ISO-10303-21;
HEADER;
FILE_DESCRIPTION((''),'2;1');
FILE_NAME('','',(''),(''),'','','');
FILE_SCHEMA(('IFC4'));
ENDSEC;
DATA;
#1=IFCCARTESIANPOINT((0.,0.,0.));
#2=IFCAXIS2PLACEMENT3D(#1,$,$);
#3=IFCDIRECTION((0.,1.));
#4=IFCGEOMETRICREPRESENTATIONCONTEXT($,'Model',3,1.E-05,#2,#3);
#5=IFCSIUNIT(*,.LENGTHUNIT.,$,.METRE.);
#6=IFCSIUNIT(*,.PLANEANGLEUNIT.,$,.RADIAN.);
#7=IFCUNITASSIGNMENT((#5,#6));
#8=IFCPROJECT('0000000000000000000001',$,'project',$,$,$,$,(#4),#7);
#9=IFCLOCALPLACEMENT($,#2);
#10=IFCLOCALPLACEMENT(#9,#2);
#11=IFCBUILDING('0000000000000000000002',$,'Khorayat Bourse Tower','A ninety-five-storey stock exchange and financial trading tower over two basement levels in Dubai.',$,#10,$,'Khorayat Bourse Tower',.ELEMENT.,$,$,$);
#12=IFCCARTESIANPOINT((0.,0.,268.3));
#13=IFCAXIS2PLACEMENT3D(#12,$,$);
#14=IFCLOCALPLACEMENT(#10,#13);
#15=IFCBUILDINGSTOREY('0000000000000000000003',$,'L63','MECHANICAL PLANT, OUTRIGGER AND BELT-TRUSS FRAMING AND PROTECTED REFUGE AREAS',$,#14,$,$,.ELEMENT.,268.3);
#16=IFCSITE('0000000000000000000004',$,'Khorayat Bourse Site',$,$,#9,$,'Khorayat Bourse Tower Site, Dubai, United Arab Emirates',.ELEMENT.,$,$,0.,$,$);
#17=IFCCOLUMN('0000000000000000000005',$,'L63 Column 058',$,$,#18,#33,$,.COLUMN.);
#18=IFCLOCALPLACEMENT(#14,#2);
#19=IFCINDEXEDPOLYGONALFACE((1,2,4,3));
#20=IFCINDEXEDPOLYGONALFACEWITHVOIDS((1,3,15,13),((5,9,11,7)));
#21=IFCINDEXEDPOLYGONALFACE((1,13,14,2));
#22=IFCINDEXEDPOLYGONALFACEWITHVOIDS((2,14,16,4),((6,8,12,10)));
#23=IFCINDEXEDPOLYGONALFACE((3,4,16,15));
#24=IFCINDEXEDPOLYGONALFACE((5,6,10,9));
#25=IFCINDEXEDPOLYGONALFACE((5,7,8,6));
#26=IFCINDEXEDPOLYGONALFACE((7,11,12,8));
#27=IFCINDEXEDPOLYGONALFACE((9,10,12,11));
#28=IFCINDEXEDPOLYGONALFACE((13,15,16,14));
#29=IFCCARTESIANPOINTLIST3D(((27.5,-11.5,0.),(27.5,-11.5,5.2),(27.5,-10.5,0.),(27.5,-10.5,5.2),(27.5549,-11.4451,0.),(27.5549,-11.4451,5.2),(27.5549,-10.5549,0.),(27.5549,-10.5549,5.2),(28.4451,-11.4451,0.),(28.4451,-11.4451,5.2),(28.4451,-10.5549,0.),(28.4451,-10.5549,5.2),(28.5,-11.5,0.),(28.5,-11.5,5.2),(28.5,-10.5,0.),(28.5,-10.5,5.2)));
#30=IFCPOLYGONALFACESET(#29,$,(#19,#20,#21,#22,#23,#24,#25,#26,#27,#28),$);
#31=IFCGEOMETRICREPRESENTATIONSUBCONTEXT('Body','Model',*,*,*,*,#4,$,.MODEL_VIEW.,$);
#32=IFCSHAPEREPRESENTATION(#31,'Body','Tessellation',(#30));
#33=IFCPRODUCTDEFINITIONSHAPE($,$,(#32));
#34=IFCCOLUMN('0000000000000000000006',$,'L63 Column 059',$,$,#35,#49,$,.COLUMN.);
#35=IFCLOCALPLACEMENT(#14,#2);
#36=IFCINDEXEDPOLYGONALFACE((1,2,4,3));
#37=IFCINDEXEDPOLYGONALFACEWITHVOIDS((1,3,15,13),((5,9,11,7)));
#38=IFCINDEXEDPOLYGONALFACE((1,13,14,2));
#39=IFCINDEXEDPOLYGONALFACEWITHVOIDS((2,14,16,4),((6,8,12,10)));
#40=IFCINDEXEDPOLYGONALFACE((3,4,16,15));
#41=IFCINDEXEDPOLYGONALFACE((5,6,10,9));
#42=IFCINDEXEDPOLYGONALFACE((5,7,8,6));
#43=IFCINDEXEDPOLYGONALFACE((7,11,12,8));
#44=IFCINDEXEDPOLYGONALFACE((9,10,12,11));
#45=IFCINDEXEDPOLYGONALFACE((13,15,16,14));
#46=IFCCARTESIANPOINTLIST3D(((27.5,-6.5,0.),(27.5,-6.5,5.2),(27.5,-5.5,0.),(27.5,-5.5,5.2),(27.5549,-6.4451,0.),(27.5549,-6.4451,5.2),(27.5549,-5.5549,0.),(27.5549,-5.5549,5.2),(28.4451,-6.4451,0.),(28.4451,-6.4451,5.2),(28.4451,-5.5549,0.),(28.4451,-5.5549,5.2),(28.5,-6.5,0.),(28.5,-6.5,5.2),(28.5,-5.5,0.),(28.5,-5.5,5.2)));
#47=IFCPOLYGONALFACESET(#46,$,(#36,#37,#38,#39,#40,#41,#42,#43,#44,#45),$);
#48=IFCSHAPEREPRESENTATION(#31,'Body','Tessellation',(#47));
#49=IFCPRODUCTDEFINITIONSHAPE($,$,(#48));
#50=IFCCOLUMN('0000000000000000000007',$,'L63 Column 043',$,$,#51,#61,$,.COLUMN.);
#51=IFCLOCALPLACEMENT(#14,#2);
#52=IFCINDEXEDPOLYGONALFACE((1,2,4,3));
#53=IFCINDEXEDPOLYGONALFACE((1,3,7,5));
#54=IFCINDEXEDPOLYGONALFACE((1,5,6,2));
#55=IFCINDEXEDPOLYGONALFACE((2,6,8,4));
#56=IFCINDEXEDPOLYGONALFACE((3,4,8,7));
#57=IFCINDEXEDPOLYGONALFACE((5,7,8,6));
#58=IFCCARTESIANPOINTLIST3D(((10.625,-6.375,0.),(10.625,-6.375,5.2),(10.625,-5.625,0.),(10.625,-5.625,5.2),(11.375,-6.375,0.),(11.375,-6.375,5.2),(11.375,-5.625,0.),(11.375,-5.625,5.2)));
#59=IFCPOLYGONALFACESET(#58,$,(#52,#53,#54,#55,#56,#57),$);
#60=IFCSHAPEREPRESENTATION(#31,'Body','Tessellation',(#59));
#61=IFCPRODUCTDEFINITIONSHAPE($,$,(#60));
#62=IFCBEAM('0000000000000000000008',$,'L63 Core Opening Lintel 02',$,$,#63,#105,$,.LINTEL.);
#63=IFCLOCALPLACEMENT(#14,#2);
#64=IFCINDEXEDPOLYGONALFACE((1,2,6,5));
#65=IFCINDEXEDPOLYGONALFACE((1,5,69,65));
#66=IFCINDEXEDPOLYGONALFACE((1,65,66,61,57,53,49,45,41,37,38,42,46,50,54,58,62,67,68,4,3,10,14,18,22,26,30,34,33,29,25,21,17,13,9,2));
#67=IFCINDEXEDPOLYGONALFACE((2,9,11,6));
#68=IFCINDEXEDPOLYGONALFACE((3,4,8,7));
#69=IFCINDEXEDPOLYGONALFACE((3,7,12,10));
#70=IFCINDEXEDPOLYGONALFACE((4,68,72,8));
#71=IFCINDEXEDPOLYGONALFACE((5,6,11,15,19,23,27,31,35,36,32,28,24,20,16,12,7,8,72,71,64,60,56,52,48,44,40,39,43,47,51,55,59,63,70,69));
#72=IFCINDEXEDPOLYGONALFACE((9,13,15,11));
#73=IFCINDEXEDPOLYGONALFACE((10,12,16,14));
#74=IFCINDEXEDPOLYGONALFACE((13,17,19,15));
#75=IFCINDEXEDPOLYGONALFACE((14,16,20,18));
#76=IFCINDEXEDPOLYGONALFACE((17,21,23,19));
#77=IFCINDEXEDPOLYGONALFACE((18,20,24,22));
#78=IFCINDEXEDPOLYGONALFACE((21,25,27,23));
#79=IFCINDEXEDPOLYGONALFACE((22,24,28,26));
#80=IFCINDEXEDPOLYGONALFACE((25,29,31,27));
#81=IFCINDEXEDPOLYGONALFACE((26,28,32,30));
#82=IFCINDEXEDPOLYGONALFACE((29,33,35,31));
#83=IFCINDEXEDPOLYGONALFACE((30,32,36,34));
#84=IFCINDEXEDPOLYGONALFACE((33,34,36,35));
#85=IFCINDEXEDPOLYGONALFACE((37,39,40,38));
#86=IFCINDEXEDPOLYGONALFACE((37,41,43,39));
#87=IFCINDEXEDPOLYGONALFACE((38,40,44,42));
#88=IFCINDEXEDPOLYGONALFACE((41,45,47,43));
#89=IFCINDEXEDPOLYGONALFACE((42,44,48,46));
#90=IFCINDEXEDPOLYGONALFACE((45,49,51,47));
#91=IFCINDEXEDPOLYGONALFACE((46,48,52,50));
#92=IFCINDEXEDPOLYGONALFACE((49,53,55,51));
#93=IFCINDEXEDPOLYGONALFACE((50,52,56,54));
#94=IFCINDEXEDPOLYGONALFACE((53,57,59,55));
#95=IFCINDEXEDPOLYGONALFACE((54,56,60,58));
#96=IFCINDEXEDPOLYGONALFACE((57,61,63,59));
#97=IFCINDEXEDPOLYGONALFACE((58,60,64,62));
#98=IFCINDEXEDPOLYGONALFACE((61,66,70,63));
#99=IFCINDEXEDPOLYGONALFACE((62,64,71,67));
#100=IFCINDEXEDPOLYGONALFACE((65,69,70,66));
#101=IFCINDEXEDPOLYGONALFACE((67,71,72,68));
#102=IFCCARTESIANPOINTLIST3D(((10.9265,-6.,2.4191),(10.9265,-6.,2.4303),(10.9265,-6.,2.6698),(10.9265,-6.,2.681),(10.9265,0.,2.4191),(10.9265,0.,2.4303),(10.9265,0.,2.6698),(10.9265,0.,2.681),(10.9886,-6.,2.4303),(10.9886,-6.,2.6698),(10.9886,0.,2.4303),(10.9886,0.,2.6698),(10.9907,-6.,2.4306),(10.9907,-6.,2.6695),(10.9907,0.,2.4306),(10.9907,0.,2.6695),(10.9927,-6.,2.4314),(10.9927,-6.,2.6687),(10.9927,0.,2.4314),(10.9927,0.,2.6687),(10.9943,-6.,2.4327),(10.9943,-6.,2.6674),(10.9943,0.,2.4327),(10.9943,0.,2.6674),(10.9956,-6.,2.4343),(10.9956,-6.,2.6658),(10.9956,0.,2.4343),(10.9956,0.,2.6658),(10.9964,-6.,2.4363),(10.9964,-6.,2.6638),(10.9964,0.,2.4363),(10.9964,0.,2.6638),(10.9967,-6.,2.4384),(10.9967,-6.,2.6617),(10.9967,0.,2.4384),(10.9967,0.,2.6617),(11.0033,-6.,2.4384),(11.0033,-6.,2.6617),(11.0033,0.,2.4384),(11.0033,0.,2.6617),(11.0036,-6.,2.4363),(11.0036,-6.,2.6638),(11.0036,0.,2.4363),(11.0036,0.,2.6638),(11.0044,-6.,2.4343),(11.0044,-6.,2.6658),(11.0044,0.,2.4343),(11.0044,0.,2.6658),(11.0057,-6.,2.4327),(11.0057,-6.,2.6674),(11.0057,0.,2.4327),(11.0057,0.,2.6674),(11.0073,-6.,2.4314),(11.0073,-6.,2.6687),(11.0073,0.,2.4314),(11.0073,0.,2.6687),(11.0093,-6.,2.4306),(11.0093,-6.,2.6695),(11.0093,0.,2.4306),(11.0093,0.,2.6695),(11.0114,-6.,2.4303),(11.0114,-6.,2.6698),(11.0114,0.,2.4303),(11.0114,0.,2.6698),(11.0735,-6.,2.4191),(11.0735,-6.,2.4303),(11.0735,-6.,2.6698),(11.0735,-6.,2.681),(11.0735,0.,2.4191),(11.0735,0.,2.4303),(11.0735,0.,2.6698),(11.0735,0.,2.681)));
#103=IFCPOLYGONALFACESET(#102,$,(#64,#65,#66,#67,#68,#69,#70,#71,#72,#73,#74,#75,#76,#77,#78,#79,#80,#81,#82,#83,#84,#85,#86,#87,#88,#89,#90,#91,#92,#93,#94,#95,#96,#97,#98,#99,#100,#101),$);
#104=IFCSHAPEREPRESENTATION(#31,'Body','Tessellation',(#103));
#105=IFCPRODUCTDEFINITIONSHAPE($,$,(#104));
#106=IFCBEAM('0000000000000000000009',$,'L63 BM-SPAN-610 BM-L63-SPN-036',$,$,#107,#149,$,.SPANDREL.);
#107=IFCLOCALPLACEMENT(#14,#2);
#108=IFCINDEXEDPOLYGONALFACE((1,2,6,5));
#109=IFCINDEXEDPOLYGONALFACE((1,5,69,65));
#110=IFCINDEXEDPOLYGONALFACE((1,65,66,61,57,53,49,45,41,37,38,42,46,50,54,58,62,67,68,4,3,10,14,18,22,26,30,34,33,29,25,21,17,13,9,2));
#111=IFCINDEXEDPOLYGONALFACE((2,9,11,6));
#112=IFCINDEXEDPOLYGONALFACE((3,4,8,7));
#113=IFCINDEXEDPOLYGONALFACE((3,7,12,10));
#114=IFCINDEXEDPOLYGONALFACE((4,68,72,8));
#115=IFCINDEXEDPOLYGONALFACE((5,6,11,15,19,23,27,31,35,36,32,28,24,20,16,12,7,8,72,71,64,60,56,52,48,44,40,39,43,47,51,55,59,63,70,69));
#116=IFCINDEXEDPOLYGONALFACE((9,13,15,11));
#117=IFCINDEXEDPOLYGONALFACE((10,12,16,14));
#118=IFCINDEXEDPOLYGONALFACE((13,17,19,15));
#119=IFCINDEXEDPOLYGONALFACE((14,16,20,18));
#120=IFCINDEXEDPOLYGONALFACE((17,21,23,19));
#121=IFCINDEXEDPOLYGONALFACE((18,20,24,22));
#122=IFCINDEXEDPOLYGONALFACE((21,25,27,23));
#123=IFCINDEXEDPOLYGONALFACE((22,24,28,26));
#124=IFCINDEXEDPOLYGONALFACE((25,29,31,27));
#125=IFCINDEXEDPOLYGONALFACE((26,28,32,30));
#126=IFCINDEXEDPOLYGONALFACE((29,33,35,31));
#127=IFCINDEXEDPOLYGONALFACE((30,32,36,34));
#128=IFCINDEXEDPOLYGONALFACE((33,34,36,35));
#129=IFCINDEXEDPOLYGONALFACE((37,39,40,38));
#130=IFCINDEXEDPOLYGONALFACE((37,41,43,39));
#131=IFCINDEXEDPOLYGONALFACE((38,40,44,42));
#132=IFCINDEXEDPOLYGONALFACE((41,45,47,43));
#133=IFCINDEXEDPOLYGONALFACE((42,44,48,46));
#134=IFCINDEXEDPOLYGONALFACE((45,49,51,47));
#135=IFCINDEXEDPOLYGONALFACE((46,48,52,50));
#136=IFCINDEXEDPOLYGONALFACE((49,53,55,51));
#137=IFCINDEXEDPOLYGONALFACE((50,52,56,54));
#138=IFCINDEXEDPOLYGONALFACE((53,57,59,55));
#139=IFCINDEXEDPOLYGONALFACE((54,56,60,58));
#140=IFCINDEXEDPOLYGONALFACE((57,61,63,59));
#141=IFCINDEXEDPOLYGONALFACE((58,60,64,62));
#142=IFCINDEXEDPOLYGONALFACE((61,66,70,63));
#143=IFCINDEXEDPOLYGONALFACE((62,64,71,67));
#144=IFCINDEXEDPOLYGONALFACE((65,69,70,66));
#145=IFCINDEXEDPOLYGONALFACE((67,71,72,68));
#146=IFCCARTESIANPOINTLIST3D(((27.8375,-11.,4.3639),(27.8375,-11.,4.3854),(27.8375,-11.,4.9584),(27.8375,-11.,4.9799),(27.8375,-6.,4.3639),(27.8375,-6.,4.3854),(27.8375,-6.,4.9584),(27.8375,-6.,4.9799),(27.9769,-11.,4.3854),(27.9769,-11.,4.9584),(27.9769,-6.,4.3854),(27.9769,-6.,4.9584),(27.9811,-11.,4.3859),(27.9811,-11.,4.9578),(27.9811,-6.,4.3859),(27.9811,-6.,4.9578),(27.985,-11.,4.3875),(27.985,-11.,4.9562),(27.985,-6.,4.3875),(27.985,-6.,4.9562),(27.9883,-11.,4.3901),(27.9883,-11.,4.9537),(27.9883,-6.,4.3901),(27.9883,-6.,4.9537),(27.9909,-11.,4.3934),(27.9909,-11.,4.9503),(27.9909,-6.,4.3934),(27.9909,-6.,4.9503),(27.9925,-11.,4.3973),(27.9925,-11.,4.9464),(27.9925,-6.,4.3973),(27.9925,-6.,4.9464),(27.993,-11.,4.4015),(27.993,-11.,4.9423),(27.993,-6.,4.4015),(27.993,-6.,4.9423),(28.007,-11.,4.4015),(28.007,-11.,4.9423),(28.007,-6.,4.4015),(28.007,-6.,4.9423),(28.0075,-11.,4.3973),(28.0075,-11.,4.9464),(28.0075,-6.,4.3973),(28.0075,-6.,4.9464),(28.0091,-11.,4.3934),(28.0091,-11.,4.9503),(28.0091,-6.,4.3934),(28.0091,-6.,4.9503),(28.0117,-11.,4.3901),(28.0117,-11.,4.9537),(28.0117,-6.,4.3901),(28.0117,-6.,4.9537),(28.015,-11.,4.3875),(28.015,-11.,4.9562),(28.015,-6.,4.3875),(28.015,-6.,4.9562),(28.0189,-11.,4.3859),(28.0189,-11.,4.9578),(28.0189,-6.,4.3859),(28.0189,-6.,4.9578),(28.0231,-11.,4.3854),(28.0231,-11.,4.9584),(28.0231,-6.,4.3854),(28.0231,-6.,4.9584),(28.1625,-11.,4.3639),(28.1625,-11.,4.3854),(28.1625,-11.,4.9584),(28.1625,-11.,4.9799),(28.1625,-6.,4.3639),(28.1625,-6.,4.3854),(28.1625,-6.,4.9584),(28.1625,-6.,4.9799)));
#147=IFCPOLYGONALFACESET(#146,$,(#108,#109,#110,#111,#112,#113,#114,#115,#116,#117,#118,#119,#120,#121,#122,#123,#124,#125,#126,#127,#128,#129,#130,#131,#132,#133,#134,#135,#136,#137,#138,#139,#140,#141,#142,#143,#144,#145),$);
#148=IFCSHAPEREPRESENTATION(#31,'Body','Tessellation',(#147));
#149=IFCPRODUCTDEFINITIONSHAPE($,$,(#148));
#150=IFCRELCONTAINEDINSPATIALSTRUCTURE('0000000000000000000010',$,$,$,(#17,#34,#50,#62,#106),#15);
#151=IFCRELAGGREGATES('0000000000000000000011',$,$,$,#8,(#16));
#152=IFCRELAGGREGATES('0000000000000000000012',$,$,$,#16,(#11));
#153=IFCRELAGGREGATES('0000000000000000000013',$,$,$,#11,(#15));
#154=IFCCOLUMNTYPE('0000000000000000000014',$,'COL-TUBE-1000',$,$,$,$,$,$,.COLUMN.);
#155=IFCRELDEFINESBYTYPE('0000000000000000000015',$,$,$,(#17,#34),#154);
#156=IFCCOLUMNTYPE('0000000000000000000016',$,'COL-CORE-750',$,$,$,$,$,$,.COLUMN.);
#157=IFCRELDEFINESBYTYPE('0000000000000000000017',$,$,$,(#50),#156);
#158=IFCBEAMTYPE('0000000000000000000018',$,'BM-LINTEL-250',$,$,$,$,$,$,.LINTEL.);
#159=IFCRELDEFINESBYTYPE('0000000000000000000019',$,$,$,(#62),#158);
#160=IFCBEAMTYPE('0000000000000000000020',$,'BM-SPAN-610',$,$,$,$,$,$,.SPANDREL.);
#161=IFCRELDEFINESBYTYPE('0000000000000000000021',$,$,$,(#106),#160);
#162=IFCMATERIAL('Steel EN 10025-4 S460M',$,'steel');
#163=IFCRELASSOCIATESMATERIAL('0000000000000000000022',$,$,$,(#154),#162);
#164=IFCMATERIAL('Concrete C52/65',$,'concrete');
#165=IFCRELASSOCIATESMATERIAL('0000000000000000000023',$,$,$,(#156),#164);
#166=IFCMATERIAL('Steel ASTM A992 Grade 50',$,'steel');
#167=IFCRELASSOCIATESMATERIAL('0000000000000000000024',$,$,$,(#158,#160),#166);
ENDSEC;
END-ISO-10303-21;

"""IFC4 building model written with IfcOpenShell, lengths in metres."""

from ifc_helpers import new_model, si_unit, direction, frame, origin, origin_2d, place, context, subcontext, project, spatial, rectangle, hollow_rectangle, i_section, extrude, source, transform, mapped, material, material_profile, profile_set, type_object, element, save


model = new_model("IFC4")

# Units and contexts
model_context = context("Model", 3, precision=1e-05, world=origin(), true_north=direction((0.0, 1.0)))
body_context = subcontext(model_context, "Body", "Model", "MODEL_VIEW")
ifc_project = project(units=[si_unit("LENGTHUNIT", "METRE"), si_unit("PLANEANGLEUNIT", "RADIAN")], contexts=[model_context])

# Site, building, storey
site_placement = place(None, origin())
site = spatial("IfcSite", under=ifc_project, at=site_placement, Name="Khorayat Bourse Site", LongName="Khorayat Bourse Tower Site, Dubai, United Arab Emirates", CompositionType="ELEMENT", RefElevation=0.0)
building_placement = place(site_placement, origin())
building = spatial("IfcBuilding", under=site, at=building_placement, Name="Khorayat Bourse Tower", Description="A ninety-five-storey stock exchange and financial trading tower over two basement levels in Dubai.", LongName="Khorayat Bourse Tower", CompositionType="ELEMENT")
storey_placement = place(building_placement, frame((0.0, 0.0, 268.3)))
storey = spatial("IfcBuildingStorey", under=building, at=storey_placement, Name="L63", Description="MECHANICAL PLANT, OUTRIGGER AND BELT-TRUSS FRAMING AND PROTECTED REFUGE AREAS", CompositionType="ELEMENT", Elevation=268.3)

# Columns
ifc_material_1 = material(Name="Steel EN 10025-4 S460M", Category="steel")
ifc_material_profile_1 = material_profile(ifc_material_1, hollow_rectangle(XDim=1.0, YDim=1.0, WallThickness=0.0549, at=origin_2d()), Name="BOX 1000x1000x55")
ifc_profile_set_1 = profile_set([ifc_material_profile_1], Name="Steel EN 10025-4 S460M")
column_type_1 = type_object("IfcColumnType", Name="COL-TUBE-1000", PredefinedType="COLUMN", material=ifc_profile_set_1)
shared_shape_1 = source(origin(), body_context, "Body", "SweptSolid", [
    extrude(hollow_rectangle(XDim=1.0, YDim=1.0, WallThickness=0.0549, at=origin_2d()), origin(), (0.0, 0.0, 1.0), 5.2),
])
for number, where, z_axis, x_axis, name in (
    (1, (28.0, -11.0, 0.0), (0.0, 0.0, 1.0), (1.0, 0.0, 0.0), "L63 Column 058"),
    (2, (28.0, -6.0, 0.0), (0.0, 0.0, 1.0), (1.0, 0.0, 0.0), "L63 Column 059"),
):
    element("IfcColumn", number, at=place(storey_placement, frame(where, z_axis=z_axis, x_axis=x_axis)), inside=storey, type_object=column_type_1, Name=name, PredefinedType="COLUMN", context=body_context, shape_type="MappedRepresentation", body=[
        mapped(shared_shape_1, transform((0.0, 0.0, 0.0), scale=1.0)),
    ])
ifc_material_2 = material(Name="Concrete C52/65", Category="concrete")
ifc_material_profile_2 = material_profile(ifc_material_2, rectangle(XDim=0.75, YDim=0.75, at=origin_2d()), Name="RC 750x750")
ifc_profile_set_2 = profile_set([ifc_material_profile_2], Name="Concrete C52/65")
column_type_2 = type_object("IfcColumnType", Name="COL-CORE-750", PredefinedType="COLUMN", material=ifc_profile_set_2)
shared_shape_2 = source(origin(), body_context, "Body", "SweptSolid", [
    extrude(rectangle(XDim=0.75, YDim=0.75, at=origin_2d()), origin(), (0.0, 0.0, 1.0), 5.2),
])
column_placement = place(storey_placement, frame((11.0, -6.0, 0.0), z_axis=(0.0, 0.0, 1.0), x_axis=(1.0, 0.0, 0.0)))
element("IfcColumn", 3, at=column_placement, inside=storey, type_object=column_type_2, Name="L63 Column 043", PredefinedType="COLUMN", context=body_context, shape_type="MappedRepresentation", body=[
    mapped(shared_shape_2, transform((0.0, 0.0, 0.0), scale=1.0)),
])

# Beams
ifc_material_3 = material(Name="Steel ASTM A992 Grade 50", Category="steel")
ifc_material_profile_3 = material_profile(ifc_material_3, i_section(OverallWidth=0.147, OverallDepth=0.262, WebThickness=0.0066, FlangeThickness=0.0112, FilletRadius=0.0081, at=origin_2d()), Name="W250X39")
ifc_profile_set_3 = profile_set([ifc_material_profile_3], Name="Steel ASTM A992 Grade 50")
beam_type_1 = type_object("IfcBeamType", Name="BM-LINTEL-250", PredefinedType="LINTEL", material=ifc_profile_set_3)
shared_shape_3 = source(origin(), body_context, "Body", "SweptSolid", [
    extrude(i_section(OverallWidth=0.147, OverallDepth=0.262, WebThickness=0.0066, FlangeThickness=0.0112, FilletRadius=0.0081, at=origin_2d()), origin(), (0.0, 0.0, 1.0), 6.0),
])
beam_1_placement = place(storey_placement, frame((11.0, -6.0, 2.55), z_axis=(0.0, 1.0, 0.0), x_axis=(-1.0, 0.0, 0.0)))
element("IfcBeam", 4, at=beam_1_placement, inside=storey, type_object=beam_type_1, Name="L63 Core Opening Lintel 02", PredefinedType="LINTEL", context=body_context, shape_type="MappedRepresentation", body=[
    mapped(shared_shape_3, transform((0.0, 0.0, 0.0), scale=1.0)),
])
ifc_material_profile_4 = material_profile(ifc_material_3, i_section(OverallWidth=0.325, OverallDepth=0.616, WebThickness=0.0139, FlangeThickness=0.0215, FilletRadius=0.0161, at=origin_2d()), Name="W610X174")
ifc_profile_set_4 = profile_set([ifc_material_profile_4], Name="Steel ASTM A992 Grade 50")
beam_type_2 = type_object("IfcBeamType", Name="BM-SPAN-610", PredefinedType="SPANDREL", material=ifc_profile_set_4)
shared_shape_4 = source(origin(), body_context, "Body", "SweptSolid", [
    extrude(i_section(OverallWidth=0.325, OverallDepth=0.616, WebThickness=0.0139, FlangeThickness=0.0215, FilletRadius=0.0161, at=origin_2d()), origin(), (0.0, 0.0, 1.0), 5.0),
])
beam_2_placement = place(storey_placement, frame((28.0, -11.0, 4.6719), z_axis=(0.0, 1.0, 0.0), x_axis=(-1.0, 0.0, 0.0)))
element("IfcBeam", 5, at=beam_2_placement, inside=storey, type_object=beam_type_2, Name="L63 BM-SPAN-610 BM-L63-SPN-036", PredefinedType="SPANDREL", context=body_context, shape_type="MappedRepresentation", body=[
    mapped(shared_shape_4, transform((0.0, 0.0, 0.0), scale=1.0)),
])

save(model, "model.ifc")
